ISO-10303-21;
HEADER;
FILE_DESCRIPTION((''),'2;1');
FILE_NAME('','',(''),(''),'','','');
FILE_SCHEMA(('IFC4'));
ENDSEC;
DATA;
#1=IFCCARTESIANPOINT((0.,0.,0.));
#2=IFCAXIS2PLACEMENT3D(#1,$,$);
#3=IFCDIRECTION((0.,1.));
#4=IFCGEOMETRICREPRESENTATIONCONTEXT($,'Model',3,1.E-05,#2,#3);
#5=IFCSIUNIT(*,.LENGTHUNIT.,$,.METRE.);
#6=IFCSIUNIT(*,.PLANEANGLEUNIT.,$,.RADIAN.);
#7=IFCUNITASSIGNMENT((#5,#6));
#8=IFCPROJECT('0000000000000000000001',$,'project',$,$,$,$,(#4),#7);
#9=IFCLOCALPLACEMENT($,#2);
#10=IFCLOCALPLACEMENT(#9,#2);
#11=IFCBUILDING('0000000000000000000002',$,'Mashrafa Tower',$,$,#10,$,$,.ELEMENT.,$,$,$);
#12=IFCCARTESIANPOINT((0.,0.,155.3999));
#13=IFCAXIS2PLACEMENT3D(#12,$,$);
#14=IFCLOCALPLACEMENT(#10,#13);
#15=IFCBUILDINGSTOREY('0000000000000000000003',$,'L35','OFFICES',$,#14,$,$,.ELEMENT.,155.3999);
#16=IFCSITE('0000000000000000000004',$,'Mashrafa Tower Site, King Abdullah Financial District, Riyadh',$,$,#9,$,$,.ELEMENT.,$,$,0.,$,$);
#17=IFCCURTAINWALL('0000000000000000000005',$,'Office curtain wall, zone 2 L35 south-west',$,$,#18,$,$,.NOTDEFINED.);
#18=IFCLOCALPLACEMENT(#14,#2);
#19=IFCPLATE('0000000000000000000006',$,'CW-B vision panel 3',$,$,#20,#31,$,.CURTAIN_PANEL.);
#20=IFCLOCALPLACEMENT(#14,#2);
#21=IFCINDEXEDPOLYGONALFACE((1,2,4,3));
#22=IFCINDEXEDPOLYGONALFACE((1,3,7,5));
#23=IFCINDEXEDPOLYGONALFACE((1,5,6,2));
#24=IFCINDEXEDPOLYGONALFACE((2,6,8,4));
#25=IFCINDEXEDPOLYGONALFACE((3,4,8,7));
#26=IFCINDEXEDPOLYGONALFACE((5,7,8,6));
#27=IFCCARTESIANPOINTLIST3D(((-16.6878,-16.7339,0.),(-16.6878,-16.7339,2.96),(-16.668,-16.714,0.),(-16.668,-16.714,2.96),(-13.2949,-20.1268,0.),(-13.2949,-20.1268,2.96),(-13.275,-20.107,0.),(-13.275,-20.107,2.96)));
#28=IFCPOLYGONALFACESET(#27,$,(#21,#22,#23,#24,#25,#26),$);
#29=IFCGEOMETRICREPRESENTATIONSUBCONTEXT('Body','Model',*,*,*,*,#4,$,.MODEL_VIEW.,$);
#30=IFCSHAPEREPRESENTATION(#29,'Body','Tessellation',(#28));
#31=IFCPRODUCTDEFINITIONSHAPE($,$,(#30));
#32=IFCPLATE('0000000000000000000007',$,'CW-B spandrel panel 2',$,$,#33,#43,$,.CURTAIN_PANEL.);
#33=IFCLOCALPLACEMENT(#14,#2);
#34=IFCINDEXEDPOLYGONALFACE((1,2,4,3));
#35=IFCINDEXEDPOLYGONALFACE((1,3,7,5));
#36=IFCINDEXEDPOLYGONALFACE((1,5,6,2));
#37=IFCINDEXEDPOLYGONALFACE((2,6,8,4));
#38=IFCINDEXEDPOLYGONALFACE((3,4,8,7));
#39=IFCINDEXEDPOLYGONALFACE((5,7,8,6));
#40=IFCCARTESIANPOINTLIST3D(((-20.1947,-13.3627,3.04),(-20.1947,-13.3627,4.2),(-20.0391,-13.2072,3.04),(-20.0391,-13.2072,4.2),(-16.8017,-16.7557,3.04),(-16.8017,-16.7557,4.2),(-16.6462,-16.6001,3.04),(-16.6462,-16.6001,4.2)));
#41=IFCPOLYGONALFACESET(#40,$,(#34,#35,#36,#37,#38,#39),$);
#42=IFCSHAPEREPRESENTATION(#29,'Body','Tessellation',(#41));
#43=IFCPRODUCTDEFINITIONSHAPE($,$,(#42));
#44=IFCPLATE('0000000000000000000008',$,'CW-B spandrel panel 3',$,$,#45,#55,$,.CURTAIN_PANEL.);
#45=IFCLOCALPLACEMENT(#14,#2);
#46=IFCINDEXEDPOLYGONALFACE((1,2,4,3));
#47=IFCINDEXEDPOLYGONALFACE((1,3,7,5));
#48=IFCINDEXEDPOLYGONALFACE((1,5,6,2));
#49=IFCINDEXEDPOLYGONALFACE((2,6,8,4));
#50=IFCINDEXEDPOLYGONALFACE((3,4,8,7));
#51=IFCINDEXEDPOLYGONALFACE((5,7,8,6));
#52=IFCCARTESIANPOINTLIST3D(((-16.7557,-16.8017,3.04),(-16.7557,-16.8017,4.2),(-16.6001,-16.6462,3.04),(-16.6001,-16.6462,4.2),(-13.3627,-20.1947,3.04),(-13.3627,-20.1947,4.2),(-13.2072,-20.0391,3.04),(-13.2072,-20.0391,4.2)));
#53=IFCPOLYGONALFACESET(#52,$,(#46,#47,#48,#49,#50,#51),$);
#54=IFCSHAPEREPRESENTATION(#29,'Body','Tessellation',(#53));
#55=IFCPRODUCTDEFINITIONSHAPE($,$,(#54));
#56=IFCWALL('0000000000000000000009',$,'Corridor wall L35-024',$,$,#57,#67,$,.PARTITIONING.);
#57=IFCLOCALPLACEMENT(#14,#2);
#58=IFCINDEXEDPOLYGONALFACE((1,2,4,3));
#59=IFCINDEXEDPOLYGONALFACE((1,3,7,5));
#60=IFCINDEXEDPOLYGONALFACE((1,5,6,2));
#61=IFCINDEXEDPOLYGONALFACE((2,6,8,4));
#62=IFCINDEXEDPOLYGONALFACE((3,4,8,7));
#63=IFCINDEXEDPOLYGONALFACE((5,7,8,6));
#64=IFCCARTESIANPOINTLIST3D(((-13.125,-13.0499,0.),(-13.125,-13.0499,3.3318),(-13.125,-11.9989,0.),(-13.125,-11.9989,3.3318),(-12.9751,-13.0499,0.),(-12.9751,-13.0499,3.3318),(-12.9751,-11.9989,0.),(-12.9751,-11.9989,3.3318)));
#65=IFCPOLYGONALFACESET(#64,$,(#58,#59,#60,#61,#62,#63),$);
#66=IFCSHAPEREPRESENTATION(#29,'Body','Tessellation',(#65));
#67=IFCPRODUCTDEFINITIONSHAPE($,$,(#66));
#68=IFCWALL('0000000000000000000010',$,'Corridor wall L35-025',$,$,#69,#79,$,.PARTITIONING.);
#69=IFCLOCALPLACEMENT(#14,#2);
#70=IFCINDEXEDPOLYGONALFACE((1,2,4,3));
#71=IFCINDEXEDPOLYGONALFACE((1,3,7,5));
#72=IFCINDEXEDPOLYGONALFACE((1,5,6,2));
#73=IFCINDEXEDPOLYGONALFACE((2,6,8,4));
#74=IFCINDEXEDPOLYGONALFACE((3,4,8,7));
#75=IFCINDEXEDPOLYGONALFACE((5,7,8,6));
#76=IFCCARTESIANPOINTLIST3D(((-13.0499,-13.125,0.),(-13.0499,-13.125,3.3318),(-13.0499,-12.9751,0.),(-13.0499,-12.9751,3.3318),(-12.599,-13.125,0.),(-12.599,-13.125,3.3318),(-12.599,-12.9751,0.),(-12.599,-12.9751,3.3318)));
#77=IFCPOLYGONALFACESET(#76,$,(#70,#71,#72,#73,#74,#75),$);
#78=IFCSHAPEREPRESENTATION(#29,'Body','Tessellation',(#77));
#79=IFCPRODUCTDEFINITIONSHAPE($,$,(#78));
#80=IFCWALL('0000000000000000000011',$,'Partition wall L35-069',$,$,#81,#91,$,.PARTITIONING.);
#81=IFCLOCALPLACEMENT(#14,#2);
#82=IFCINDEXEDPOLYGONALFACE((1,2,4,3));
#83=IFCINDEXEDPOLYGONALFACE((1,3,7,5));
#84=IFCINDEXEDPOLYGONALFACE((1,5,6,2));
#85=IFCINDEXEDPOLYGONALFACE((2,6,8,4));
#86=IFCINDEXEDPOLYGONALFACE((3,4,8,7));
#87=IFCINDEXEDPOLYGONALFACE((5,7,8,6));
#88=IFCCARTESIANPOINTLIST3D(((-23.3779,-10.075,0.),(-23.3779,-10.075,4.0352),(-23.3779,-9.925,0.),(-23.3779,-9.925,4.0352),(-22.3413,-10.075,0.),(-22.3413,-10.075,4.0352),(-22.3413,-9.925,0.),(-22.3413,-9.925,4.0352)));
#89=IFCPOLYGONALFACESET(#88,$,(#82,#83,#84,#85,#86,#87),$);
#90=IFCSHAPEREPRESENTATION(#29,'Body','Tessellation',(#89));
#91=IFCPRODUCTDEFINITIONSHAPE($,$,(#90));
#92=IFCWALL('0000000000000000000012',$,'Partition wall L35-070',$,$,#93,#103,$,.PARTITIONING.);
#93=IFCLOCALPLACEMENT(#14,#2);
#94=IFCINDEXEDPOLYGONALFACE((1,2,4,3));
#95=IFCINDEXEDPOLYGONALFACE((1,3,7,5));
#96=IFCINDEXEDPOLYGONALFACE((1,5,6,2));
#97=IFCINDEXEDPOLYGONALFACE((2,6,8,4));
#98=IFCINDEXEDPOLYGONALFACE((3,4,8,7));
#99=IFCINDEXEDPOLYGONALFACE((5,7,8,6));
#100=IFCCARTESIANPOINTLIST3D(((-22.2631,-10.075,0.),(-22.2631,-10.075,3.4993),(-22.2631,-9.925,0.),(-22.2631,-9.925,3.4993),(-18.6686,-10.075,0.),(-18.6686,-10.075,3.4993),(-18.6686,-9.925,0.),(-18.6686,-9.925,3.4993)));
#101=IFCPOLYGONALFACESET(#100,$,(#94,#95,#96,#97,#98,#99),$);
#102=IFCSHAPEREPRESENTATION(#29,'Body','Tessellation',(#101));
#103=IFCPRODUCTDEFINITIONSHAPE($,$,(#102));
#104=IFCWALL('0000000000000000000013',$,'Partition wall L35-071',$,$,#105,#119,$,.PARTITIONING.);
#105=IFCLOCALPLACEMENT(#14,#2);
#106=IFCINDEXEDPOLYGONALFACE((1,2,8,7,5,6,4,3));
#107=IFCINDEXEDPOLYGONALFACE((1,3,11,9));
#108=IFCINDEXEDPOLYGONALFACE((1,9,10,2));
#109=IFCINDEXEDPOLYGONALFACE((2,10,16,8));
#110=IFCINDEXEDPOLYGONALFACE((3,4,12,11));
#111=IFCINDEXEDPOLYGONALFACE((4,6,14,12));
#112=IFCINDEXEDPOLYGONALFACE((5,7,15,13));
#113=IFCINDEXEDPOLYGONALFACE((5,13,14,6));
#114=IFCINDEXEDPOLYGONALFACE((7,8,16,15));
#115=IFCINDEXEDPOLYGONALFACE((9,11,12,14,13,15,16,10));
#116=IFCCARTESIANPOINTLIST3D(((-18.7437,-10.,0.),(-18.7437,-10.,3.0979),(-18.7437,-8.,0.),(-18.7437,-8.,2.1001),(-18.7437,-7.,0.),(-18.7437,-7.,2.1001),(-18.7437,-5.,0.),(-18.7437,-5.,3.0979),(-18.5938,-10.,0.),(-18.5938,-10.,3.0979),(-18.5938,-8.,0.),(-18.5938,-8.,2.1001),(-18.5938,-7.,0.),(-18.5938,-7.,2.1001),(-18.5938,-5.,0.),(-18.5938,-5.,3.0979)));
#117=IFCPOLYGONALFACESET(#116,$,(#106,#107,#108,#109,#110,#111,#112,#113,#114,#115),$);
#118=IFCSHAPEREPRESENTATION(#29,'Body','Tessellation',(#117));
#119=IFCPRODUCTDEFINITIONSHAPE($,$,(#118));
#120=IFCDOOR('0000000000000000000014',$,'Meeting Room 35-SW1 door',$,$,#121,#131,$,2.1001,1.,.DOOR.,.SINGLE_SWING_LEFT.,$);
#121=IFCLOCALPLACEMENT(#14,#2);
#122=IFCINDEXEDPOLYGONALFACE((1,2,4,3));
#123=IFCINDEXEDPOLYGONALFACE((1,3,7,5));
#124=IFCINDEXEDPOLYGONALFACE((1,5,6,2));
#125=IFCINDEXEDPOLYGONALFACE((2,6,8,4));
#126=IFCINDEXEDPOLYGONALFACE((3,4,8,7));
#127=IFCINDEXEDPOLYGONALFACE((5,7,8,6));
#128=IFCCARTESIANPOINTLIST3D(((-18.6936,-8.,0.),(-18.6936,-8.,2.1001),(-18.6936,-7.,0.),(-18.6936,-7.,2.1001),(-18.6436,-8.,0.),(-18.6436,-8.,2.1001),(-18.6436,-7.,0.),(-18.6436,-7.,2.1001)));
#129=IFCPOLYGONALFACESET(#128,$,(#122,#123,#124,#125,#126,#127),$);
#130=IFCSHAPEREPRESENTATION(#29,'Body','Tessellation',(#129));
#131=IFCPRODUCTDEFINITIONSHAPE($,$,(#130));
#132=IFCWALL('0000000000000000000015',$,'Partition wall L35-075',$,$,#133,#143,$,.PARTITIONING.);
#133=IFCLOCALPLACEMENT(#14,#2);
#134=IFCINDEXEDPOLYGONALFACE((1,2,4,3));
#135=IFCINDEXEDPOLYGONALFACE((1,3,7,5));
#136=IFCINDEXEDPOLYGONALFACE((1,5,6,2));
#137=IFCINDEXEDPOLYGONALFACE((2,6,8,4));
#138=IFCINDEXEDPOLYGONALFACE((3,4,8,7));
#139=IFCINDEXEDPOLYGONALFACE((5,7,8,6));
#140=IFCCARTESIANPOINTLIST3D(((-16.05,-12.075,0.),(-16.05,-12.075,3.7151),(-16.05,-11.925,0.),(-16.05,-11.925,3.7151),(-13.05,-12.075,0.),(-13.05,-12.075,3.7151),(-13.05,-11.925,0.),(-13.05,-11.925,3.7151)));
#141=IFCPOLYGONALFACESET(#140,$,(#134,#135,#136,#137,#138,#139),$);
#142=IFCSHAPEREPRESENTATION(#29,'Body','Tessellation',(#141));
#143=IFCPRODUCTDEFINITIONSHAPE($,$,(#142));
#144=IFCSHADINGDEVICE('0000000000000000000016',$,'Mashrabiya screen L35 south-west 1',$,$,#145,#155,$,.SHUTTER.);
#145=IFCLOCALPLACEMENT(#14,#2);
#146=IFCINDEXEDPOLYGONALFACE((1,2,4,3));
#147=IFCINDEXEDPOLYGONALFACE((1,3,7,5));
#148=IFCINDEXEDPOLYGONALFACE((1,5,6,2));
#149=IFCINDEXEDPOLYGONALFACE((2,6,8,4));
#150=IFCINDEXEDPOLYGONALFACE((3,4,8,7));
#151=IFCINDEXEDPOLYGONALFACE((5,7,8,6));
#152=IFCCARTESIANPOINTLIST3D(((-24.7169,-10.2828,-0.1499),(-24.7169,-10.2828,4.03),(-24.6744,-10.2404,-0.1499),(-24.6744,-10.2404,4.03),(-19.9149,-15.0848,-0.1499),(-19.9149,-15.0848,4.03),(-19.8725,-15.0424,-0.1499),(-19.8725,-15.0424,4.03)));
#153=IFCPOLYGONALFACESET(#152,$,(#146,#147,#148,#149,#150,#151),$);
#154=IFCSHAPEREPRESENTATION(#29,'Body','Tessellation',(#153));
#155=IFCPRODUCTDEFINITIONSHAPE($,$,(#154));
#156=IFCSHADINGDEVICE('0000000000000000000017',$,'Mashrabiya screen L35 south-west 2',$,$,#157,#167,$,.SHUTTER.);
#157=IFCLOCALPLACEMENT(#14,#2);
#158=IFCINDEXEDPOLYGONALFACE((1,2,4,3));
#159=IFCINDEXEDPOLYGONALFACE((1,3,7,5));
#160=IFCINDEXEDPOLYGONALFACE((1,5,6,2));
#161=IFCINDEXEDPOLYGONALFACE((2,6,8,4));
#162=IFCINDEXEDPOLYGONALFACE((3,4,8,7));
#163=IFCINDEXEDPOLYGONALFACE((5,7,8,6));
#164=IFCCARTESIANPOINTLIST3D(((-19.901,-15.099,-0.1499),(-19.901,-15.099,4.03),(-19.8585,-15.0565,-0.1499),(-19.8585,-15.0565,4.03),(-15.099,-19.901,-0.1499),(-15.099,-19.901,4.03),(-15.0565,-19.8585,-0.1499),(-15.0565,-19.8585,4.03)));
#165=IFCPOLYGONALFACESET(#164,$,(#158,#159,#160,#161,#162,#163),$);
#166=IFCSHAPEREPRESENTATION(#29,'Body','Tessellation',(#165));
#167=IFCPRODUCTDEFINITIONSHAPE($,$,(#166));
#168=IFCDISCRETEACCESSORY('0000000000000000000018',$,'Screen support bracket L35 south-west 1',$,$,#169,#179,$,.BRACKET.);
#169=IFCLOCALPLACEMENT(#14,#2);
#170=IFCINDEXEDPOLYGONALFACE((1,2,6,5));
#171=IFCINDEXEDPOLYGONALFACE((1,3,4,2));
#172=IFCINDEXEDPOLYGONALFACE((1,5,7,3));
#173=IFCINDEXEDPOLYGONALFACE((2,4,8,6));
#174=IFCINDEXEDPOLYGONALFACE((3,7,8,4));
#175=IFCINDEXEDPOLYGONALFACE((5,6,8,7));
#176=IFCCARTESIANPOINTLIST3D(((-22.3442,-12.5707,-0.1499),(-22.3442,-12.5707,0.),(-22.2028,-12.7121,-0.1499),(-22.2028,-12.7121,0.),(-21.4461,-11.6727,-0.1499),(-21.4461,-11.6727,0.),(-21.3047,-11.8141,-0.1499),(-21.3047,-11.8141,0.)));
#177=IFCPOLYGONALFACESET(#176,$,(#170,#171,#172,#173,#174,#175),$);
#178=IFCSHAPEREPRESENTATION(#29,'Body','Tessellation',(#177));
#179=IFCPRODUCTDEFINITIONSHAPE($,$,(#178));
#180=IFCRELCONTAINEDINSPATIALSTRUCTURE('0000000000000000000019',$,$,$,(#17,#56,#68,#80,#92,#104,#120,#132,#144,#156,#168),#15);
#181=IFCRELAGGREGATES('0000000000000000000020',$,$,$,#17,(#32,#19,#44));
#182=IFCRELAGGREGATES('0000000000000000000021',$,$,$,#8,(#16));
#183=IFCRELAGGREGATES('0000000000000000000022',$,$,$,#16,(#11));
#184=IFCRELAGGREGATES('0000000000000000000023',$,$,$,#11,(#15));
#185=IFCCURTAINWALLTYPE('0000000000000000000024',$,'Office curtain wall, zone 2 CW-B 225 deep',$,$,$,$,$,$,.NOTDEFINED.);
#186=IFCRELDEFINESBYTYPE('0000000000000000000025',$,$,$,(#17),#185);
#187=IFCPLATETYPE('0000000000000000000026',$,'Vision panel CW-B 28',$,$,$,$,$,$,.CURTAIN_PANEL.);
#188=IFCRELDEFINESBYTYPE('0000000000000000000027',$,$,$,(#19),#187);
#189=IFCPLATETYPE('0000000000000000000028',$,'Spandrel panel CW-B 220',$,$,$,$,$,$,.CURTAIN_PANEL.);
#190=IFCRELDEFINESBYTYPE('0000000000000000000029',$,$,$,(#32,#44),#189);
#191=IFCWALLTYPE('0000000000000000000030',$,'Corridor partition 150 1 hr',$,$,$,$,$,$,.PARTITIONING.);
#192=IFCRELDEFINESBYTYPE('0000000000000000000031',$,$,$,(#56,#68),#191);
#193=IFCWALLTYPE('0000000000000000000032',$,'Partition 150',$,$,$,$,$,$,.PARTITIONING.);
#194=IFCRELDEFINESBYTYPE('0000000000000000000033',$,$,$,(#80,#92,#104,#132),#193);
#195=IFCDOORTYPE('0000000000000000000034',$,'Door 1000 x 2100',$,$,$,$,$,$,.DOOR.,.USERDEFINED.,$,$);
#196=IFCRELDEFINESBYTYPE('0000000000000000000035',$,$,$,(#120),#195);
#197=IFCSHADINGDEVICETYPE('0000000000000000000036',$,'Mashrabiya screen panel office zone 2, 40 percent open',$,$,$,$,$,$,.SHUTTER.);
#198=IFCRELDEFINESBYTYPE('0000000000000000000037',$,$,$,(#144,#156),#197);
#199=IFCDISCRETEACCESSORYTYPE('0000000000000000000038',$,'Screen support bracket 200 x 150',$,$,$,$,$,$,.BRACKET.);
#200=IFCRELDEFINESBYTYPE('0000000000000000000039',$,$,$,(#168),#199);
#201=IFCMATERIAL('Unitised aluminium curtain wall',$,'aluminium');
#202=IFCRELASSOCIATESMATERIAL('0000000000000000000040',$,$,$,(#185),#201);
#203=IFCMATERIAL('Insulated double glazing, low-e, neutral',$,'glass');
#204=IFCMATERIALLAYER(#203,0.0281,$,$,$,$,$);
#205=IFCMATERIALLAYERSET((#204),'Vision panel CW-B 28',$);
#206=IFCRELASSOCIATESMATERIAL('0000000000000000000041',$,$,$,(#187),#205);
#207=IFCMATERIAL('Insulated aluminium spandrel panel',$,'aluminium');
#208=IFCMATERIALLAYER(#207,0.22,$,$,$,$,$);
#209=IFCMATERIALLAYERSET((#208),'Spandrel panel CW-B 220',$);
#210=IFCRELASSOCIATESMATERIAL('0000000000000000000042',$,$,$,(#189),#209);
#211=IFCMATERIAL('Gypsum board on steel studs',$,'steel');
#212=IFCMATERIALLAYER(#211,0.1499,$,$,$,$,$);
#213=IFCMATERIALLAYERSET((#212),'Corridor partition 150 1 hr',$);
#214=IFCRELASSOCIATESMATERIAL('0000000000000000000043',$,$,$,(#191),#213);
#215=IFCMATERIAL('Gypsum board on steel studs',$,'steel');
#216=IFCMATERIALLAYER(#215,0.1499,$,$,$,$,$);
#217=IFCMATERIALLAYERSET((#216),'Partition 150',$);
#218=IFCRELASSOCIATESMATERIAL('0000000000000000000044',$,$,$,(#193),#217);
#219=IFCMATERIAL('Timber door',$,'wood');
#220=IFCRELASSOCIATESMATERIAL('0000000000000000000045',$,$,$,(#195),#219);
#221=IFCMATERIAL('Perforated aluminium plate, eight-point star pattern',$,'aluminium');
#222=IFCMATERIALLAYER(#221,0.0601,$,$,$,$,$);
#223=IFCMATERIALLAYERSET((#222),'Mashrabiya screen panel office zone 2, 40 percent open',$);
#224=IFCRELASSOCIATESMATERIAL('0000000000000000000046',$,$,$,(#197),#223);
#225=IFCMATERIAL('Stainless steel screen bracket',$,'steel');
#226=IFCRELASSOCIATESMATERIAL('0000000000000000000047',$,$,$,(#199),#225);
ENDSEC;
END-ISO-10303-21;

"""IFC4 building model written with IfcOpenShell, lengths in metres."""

from ifc_helpers import new_model, si_unit, direction, frame, frame_2d, origin, origin_2d, place, context, subcontext, project, spatial, rectangle, extrude, source, transform, mapped, material, layer, layer_set, type_object, type_shapes, element, fill, aggregate, save


model = new_model("IFC4")

# Units and contexts
model_context = context("Model", 3, precision=1e-05, world=origin(), true_north=direction((0.0, 1.0)))
body_context = subcontext(model_context, "Body", "Model", "MODEL_VIEW")
ifc_project = project(units=[si_unit("LENGTHUNIT", "METRE"), si_unit("PLANEANGLEUNIT", "RADIAN")], contexts=[model_context])

# Site, building, storey
site_placement = place(None, origin())
site = spatial("IfcSite", under=ifc_project, at=site_placement, Name="Mashrafa Tower Site, King Abdullah Financial District, Riyadh", CompositionType="ELEMENT", RefElevation=0.0)
building_placement = place(site_placement, origin())
building = spatial("IfcBuilding", under=site, at=building_placement, Name="Mashrafa Tower", CompositionType="ELEMENT")
storey_placement = place(building_placement, frame((0.0, 0.0, 155.3999)))
storey = spatial("IfcBuildingStorey", under=building, at=storey_placement, Name="L35", Description="OFFICES", CompositionType="ELEMENT", Elevation=155.3999)

# Curtain wall, plates
ifc_material_1 = material(Name="Unitised aluminium curtain wall", Category="aluminium")
curtain_wall_type = type_object("IfcCurtainWallType", Name="Office curtain wall, zone 2 CW-B 225 deep", PredefinedType="NOTDEFINED", material=ifc_material_1)
curtain_wall_placement = place(storey_placement, origin())
curtain_wall = element("IfcCurtainWall", 1, at=curtain_wall_placement, inside=storey, type_object=curtain_wall_type, Name="Office curtain wall, zone 2 L35 south-west", PredefinedType="NOTDEFINED")
ifc_material_2 = material(Name="Insulated double glazing, low-e, neutral", Category="glass")
ifc_layer_1 = layer(ifc_material_2, 0.0281)
ifc_layer_set_1 = layer_set([ifc_layer_1], Name="Vision panel CW-B 28")
plate_type_1 = type_object("IfcPlateType", Name="Vision panel CW-B 28", PredefinedType="CURTAIN_PANEL", material=ifc_layer_set_1)
ifc_material_3 = material(Name="Insulated aluminium spandrel panel", Category="aluminium")
ifc_layer_2 = layer(ifc_material_3, 0.22)
ifc_layer_set_2 = layer_set([ifc_layer_2], Name="Spandrel panel CW-B 220")
plate_type_2 = type_object("IfcPlateType", Name="Spandrel panel CW-B 220", PredefinedType="CURTAIN_PANEL", material=ifc_layer_set_2)
shared_shape_1 = source(origin(), body_context, "Body", "SweptSolid", [
    extrude(rectangle(XDim=4.7983, YDim=0.0281, at=origin_2d()), origin(), (0.0, 0.0, 1.0), 2.96),
])
plate_1_placement = place(storey_placement, frame((-14.9814, -18.4204, 0.0), z_axis=(0.0, 0.0, 1.0), x_axis=(0.707107, -0.707107, 0.0)))
plate_1 = element("IfcPlate", 2, at=plate_1_placement, type_object=plate_type_1, Name="CW-B vision panel 3", PredefinedType="CURTAIN_PANEL", context=body_context, shape_type="MappedRepresentation", body=[
    mapped(shared_shape_1, transform((0.0, 0.0, 0.0))),
])
shared_shape_2 = source(origin(), body_context, "Body", "SweptSolid", [
    extrude(rectangle(XDim=4.7983, YDim=0.22, at=origin_2d()), origin(), (0.0, 0.0, 1.0), 1.1599),
])
plate_2_placement = place(storey_placement, frame((-18.4204, -14.9814, 3.04), z_axis=(0.0, 0.0, 1.0), x_axis=(0.707107, -0.707107, 0.0)))
plate_2 = element("IfcPlate", 3, at=plate_2_placement, type_object=plate_type_2, Name="CW-B spandrel panel 2", PredefinedType="CURTAIN_PANEL", context=body_context, shape_type="MappedRepresentation", body=[
    mapped(shared_shape_2, transform((0.0, 0.0, 0.0))),
])
plate_3_placement = place(storey_placement, frame((-14.9814, -18.4204, 3.04), z_axis=(0.0, 0.0, 1.0), x_axis=(0.707107, -0.707107, 0.0)))
plate_3 = element("IfcPlate", 4, at=plate_3_placement, type_object=plate_type_2, Name="CW-B spandrel panel 3", PredefinedType="CURTAIN_PANEL", context=body_context, shape_type="MappedRepresentation", body=[
    mapped(shared_shape_2, transform((0.0, 0.0, 0.0))),
])
aggregate(curtain_wall, [plate_2, plate_1, plate_3])

# Walls
ifc_material_4 = material(Name="Gypsum board on steel studs", Category="steel")
ifc_layer_3 = layer(ifc_material_4, 0.1499)
ifc_layer_set_3 = layer_set([ifc_layer_3], Name="Corridor partition 150 1 hr")
wall_type_1 = type_object("IfcWallType", Name="Corridor partition 150 1 hr", PredefinedType="PARTITIONING", material=ifc_layer_set_3)
wall_1_placement = place(storey_placement, frame((-13.05, -11.999, 0.0), z_axis=(0.0, 0.0, 1.0), x_axis=(0.0, -1.0, 0.0)))
element("IfcWall", 5, at=wall_1_placement, inside=storey, type_object=wall_type_1, Name="Corridor wall L35-024", PredefinedType="PARTITIONING", context=body_context, shape_type="SweptSolid", body=[
    extrude(rectangle(XDim=1.051, YDim=0.1499, at=frame_2d((0.5254, 0.0))), origin(), (0.0, 0.0, 1.0), 3.3318),
])
wall_2_placement = place(storey_placement, frame((-13.05, -13.05, 0.0), z_axis=(0.0, 0.0, 1.0), x_axis=(1.0, 0.0, 0.0)))
element("IfcWall", 6, at=wall_2_placement, inside=storey, type_object=wall_type_1, Name="Corridor wall L35-025", PredefinedType="PARTITIONING", context=body_context, shape_type="SweptSolid", body=[
    extrude(rectangle(XDim=0.4509, YDim=0.1499, at=frame_2d((0.2256, 0.0))), origin(), (0.0, 0.0, 1.0), 3.3318),
])
ifc_material_5 = material(Name="Gypsum board on steel studs", Category="steel")
ifc_layer_4 = layer(ifc_material_5, 0.1499)
ifc_layer_set_4 = layer_set([ifc_layer_4], Name="Partition 150")
wall_type_2 = type_object("IfcWallType", Name="Partition 150", PredefinedType="PARTITIONING", material=ifc_layer_set_4)
wall_3_placement = place(storey_placement, frame((-23.3779, -10.0, 0.0), z_axis=(0.0, 0.0, 1.0), x_axis=(1.0, 0.0, 0.0)))
element("IfcWall", 7, at=wall_3_placement, inside=storey, type_object=wall_type_2, Name="Partition wall L35-069", PredefinedType="PARTITIONING", context=body_context, shape_type="SweptSolid", body=[
    extrude(rectangle(XDim=1.0366, YDim=0.1499, at=frame_2d((0.5183, 0.0))), origin(), (0.0, 0.0, 1.0), 4.0352),
])
wall_4_placement = place(storey_placement, frame((-22.2632, -10.0, 0.0), z_axis=(0.0, 0.0, 1.0), x_axis=(1.0, 0.0, 0.0)))
element("IfcWall", 8, at=wall_4_placement, inside=storey, type_object=wall_type_2, Name="Partition wall L35-070", PredefinedType="PARTITIONING", context=body_context, shape_type="SweptSolid", body=[
    extrude(rectangle(XDim=3.5945, YDim=0.1499, at=frame_2d((1.7974, 0.0))), origin(), (0.0, 0.0, 1.0), 3.4993),
])

# Wall, opening, door
wall_5_placement = place(storey_placement, frame((-18.6687, -10.0, 0.0), z_axis=(0.0, 0.0, 1.0), x_axis=(0.0, 1.0, 0.0)))
wall_5 = element("IfcWall", 9, at=wall_5_placement, inside=storey, type_object=wall_type_2, Name="Partition wall L35-071", PredefinedType="PARTITIONING", context=body_context, shape_type="SweptSolid", body=[
    extrude(rectangle(XDim=5.0, YDim=0.1499, at=frame_2d((2.5, 0.0))), origin(), (0.0, 0.0, 1.0), 3.0979),
])
opening_placement = place(wall_5_placement, frame((2.0, 0.0, 0.0)))
opening = element("IfcOpeningElement", 10, at=opening_placement, cuts=wall_5, PredefinedType="OPENING", context=body_context, shape_type="SweptSolid", body=[
    extrude(rectangle(XDim=1.0, YDim=2.1001, at=frame_2d((0.5, 1.05))), frame((0.0, 0.085, 0.0), z_axis=(0.0, -1.0, 0.0), x_axis=(1.0, 0.0, 0.0)), (0.0, 0.0, 1.0), 0.1699),
])
ifc_material_6 = material(Name="Timber door", Category="wood")
door_type = type_object("IfcDoorType", Name="Door 1000 x 2100", OperationType="USERDEFINED", PredefinedType="DOOR", material=ifc_material_6)
door_placement = place(opening_placement, origin())
door = element("IfcDoor", 11, at=door_placement, inside=storey, type_object=door_type, Name="Meeting Room 35-SW1 door", OperationType="SINGLE_SWING_LEFT", OverallHeight=2.1001, OverallWidth=1.0, PredefinedType="DOOR", context=body_context, shape_type="SweptSolid", body=[
    extrude(rectangle(XDim=1.0, YDim=2.1001, at=frame_2d((0.5, 1.05))), frame((0.0, 0.0249, 0.0), z_axis=(0.0, -1.0, 0.0), x_axis=(1.0, 0.0, 0.0)), (0.0, 0.0, 1.0), 0.05),
])
fill(opening, door)

# Wall
wall_6_placement = place(storey_placement, frame((-16.05, -12.0, 0.0), z_axis=(0.0, 0.0, 1.0), x_axis=(1.0, 0.0, 0.0)))
element("IfcWall", 12, at=wall_6_placement, inside=storey, type_object=wall_type_2, Name="Partition wall L35-075", PredefinedType="PARTITIONING", context=body_context, shape_type="SweptSolid", body=[
    extrude(rectangle(XDim=3.0, YDim=0.1499, at=frame_2d((1.5, 0.0))), origin(), (0.0, 0.0, 1.0), 3.7151),
])

# Shading devices
ifc_material_7 = material(Name="Perforated aluminium plate, eight-point star pattern", Category="aluminium")
ifc_layer_5 = layer(ifc_material_7, 0.0601)
ifc_layer_set_5 = layer_set([ifc_layer_5], Name="Mashrabiya screen panel office zone 2, 40 percent open")
shading_device_type = type_object("IfcShadingDeviceType", Name="Mashrabiya screen panel office zone 2, 40 percent open", PredefinedType="SHUTTER", material=ifc_layer_set_5)
shared_shape_3 = source(origin(), body_context, "Body", "SweptSolid", [
    extrude(rectangle(XDim=6.791, YDim=0.0601, at=origin_2d()), origin(), (0.0, 0.0, 1.0), 4.1799),
])
type_shapes(shading_device_type, [shared_shape_3])
for number, where, z_axis, x_axis, name in (
    (13, (-22.2947, -12.6626, -0.1499), (0.0, 0.0, 1.0), (0.707107, -0.707107, 0.0), "Mashrabiya screen L35 south-west 1"),
    (14, (-17.4788, -17.4788, -0.1499), (0.0, 0.0, 1.0), (0.707107, -0.707107, 0.0), "Mashrabiya screen L35 south-west 2"),
):
    element("IfcShadingDevice", number, at=place(storey_placement, frame(where, z_axis=z_axis, x_axis=x_axis)), inside=storey, type_object=shading_device_type, Name=name, PredefinedType="SHUTTER", context=body_context, shape_type="MappedRepresentation", body=[
        mapped(shared_shape_3, transform((0.0, 0.0, 0.0))),
    ])

# Discrete accessory
ifc_material_8 = material(Name="Stainless steel screen bracket", Category="steel")
discrete_accessory_type = type_object("IfcDiscreteAccessoryType", Name="Screen support bracket 200 x 150", PredefinedType="BRACKET", material=ifc_material_8)
shared_shape_4 = source(origin(), body_context, "Body", "SweptSolid", [
    extrude(rectangle(XDim=0.2, YDim=1.27, at=origin_2d()), origin(), (0.0, 0.0, 1.0), 0.1499),
])
type_shapes(discrete_accessory_type, [shared_shape_4])
for number, where, z_axis, x_axis, name in (
    (15, (-21.8245, -12.1924, -0.1499), (0.0, 0.0, 1.0), (0.707107, -0.707107, 0.0), "Screen support bracket L35 south-west 1"),
):
    element("IfcDiscreteAccessory", number, at=place(storey_placement, frame(where, z_axis=z_axis, x_axis=x_axis)), inside=storey, type_object=discrete_accessory_type, Name=name, PredefinedType="BRACKET", context=body_context, shape_type="MappedRepresentation", body=[
        mapped(shared_shape_4, transform((0.0, 0.0, 0.0))),
    ])

save(model, "model.ifc")
